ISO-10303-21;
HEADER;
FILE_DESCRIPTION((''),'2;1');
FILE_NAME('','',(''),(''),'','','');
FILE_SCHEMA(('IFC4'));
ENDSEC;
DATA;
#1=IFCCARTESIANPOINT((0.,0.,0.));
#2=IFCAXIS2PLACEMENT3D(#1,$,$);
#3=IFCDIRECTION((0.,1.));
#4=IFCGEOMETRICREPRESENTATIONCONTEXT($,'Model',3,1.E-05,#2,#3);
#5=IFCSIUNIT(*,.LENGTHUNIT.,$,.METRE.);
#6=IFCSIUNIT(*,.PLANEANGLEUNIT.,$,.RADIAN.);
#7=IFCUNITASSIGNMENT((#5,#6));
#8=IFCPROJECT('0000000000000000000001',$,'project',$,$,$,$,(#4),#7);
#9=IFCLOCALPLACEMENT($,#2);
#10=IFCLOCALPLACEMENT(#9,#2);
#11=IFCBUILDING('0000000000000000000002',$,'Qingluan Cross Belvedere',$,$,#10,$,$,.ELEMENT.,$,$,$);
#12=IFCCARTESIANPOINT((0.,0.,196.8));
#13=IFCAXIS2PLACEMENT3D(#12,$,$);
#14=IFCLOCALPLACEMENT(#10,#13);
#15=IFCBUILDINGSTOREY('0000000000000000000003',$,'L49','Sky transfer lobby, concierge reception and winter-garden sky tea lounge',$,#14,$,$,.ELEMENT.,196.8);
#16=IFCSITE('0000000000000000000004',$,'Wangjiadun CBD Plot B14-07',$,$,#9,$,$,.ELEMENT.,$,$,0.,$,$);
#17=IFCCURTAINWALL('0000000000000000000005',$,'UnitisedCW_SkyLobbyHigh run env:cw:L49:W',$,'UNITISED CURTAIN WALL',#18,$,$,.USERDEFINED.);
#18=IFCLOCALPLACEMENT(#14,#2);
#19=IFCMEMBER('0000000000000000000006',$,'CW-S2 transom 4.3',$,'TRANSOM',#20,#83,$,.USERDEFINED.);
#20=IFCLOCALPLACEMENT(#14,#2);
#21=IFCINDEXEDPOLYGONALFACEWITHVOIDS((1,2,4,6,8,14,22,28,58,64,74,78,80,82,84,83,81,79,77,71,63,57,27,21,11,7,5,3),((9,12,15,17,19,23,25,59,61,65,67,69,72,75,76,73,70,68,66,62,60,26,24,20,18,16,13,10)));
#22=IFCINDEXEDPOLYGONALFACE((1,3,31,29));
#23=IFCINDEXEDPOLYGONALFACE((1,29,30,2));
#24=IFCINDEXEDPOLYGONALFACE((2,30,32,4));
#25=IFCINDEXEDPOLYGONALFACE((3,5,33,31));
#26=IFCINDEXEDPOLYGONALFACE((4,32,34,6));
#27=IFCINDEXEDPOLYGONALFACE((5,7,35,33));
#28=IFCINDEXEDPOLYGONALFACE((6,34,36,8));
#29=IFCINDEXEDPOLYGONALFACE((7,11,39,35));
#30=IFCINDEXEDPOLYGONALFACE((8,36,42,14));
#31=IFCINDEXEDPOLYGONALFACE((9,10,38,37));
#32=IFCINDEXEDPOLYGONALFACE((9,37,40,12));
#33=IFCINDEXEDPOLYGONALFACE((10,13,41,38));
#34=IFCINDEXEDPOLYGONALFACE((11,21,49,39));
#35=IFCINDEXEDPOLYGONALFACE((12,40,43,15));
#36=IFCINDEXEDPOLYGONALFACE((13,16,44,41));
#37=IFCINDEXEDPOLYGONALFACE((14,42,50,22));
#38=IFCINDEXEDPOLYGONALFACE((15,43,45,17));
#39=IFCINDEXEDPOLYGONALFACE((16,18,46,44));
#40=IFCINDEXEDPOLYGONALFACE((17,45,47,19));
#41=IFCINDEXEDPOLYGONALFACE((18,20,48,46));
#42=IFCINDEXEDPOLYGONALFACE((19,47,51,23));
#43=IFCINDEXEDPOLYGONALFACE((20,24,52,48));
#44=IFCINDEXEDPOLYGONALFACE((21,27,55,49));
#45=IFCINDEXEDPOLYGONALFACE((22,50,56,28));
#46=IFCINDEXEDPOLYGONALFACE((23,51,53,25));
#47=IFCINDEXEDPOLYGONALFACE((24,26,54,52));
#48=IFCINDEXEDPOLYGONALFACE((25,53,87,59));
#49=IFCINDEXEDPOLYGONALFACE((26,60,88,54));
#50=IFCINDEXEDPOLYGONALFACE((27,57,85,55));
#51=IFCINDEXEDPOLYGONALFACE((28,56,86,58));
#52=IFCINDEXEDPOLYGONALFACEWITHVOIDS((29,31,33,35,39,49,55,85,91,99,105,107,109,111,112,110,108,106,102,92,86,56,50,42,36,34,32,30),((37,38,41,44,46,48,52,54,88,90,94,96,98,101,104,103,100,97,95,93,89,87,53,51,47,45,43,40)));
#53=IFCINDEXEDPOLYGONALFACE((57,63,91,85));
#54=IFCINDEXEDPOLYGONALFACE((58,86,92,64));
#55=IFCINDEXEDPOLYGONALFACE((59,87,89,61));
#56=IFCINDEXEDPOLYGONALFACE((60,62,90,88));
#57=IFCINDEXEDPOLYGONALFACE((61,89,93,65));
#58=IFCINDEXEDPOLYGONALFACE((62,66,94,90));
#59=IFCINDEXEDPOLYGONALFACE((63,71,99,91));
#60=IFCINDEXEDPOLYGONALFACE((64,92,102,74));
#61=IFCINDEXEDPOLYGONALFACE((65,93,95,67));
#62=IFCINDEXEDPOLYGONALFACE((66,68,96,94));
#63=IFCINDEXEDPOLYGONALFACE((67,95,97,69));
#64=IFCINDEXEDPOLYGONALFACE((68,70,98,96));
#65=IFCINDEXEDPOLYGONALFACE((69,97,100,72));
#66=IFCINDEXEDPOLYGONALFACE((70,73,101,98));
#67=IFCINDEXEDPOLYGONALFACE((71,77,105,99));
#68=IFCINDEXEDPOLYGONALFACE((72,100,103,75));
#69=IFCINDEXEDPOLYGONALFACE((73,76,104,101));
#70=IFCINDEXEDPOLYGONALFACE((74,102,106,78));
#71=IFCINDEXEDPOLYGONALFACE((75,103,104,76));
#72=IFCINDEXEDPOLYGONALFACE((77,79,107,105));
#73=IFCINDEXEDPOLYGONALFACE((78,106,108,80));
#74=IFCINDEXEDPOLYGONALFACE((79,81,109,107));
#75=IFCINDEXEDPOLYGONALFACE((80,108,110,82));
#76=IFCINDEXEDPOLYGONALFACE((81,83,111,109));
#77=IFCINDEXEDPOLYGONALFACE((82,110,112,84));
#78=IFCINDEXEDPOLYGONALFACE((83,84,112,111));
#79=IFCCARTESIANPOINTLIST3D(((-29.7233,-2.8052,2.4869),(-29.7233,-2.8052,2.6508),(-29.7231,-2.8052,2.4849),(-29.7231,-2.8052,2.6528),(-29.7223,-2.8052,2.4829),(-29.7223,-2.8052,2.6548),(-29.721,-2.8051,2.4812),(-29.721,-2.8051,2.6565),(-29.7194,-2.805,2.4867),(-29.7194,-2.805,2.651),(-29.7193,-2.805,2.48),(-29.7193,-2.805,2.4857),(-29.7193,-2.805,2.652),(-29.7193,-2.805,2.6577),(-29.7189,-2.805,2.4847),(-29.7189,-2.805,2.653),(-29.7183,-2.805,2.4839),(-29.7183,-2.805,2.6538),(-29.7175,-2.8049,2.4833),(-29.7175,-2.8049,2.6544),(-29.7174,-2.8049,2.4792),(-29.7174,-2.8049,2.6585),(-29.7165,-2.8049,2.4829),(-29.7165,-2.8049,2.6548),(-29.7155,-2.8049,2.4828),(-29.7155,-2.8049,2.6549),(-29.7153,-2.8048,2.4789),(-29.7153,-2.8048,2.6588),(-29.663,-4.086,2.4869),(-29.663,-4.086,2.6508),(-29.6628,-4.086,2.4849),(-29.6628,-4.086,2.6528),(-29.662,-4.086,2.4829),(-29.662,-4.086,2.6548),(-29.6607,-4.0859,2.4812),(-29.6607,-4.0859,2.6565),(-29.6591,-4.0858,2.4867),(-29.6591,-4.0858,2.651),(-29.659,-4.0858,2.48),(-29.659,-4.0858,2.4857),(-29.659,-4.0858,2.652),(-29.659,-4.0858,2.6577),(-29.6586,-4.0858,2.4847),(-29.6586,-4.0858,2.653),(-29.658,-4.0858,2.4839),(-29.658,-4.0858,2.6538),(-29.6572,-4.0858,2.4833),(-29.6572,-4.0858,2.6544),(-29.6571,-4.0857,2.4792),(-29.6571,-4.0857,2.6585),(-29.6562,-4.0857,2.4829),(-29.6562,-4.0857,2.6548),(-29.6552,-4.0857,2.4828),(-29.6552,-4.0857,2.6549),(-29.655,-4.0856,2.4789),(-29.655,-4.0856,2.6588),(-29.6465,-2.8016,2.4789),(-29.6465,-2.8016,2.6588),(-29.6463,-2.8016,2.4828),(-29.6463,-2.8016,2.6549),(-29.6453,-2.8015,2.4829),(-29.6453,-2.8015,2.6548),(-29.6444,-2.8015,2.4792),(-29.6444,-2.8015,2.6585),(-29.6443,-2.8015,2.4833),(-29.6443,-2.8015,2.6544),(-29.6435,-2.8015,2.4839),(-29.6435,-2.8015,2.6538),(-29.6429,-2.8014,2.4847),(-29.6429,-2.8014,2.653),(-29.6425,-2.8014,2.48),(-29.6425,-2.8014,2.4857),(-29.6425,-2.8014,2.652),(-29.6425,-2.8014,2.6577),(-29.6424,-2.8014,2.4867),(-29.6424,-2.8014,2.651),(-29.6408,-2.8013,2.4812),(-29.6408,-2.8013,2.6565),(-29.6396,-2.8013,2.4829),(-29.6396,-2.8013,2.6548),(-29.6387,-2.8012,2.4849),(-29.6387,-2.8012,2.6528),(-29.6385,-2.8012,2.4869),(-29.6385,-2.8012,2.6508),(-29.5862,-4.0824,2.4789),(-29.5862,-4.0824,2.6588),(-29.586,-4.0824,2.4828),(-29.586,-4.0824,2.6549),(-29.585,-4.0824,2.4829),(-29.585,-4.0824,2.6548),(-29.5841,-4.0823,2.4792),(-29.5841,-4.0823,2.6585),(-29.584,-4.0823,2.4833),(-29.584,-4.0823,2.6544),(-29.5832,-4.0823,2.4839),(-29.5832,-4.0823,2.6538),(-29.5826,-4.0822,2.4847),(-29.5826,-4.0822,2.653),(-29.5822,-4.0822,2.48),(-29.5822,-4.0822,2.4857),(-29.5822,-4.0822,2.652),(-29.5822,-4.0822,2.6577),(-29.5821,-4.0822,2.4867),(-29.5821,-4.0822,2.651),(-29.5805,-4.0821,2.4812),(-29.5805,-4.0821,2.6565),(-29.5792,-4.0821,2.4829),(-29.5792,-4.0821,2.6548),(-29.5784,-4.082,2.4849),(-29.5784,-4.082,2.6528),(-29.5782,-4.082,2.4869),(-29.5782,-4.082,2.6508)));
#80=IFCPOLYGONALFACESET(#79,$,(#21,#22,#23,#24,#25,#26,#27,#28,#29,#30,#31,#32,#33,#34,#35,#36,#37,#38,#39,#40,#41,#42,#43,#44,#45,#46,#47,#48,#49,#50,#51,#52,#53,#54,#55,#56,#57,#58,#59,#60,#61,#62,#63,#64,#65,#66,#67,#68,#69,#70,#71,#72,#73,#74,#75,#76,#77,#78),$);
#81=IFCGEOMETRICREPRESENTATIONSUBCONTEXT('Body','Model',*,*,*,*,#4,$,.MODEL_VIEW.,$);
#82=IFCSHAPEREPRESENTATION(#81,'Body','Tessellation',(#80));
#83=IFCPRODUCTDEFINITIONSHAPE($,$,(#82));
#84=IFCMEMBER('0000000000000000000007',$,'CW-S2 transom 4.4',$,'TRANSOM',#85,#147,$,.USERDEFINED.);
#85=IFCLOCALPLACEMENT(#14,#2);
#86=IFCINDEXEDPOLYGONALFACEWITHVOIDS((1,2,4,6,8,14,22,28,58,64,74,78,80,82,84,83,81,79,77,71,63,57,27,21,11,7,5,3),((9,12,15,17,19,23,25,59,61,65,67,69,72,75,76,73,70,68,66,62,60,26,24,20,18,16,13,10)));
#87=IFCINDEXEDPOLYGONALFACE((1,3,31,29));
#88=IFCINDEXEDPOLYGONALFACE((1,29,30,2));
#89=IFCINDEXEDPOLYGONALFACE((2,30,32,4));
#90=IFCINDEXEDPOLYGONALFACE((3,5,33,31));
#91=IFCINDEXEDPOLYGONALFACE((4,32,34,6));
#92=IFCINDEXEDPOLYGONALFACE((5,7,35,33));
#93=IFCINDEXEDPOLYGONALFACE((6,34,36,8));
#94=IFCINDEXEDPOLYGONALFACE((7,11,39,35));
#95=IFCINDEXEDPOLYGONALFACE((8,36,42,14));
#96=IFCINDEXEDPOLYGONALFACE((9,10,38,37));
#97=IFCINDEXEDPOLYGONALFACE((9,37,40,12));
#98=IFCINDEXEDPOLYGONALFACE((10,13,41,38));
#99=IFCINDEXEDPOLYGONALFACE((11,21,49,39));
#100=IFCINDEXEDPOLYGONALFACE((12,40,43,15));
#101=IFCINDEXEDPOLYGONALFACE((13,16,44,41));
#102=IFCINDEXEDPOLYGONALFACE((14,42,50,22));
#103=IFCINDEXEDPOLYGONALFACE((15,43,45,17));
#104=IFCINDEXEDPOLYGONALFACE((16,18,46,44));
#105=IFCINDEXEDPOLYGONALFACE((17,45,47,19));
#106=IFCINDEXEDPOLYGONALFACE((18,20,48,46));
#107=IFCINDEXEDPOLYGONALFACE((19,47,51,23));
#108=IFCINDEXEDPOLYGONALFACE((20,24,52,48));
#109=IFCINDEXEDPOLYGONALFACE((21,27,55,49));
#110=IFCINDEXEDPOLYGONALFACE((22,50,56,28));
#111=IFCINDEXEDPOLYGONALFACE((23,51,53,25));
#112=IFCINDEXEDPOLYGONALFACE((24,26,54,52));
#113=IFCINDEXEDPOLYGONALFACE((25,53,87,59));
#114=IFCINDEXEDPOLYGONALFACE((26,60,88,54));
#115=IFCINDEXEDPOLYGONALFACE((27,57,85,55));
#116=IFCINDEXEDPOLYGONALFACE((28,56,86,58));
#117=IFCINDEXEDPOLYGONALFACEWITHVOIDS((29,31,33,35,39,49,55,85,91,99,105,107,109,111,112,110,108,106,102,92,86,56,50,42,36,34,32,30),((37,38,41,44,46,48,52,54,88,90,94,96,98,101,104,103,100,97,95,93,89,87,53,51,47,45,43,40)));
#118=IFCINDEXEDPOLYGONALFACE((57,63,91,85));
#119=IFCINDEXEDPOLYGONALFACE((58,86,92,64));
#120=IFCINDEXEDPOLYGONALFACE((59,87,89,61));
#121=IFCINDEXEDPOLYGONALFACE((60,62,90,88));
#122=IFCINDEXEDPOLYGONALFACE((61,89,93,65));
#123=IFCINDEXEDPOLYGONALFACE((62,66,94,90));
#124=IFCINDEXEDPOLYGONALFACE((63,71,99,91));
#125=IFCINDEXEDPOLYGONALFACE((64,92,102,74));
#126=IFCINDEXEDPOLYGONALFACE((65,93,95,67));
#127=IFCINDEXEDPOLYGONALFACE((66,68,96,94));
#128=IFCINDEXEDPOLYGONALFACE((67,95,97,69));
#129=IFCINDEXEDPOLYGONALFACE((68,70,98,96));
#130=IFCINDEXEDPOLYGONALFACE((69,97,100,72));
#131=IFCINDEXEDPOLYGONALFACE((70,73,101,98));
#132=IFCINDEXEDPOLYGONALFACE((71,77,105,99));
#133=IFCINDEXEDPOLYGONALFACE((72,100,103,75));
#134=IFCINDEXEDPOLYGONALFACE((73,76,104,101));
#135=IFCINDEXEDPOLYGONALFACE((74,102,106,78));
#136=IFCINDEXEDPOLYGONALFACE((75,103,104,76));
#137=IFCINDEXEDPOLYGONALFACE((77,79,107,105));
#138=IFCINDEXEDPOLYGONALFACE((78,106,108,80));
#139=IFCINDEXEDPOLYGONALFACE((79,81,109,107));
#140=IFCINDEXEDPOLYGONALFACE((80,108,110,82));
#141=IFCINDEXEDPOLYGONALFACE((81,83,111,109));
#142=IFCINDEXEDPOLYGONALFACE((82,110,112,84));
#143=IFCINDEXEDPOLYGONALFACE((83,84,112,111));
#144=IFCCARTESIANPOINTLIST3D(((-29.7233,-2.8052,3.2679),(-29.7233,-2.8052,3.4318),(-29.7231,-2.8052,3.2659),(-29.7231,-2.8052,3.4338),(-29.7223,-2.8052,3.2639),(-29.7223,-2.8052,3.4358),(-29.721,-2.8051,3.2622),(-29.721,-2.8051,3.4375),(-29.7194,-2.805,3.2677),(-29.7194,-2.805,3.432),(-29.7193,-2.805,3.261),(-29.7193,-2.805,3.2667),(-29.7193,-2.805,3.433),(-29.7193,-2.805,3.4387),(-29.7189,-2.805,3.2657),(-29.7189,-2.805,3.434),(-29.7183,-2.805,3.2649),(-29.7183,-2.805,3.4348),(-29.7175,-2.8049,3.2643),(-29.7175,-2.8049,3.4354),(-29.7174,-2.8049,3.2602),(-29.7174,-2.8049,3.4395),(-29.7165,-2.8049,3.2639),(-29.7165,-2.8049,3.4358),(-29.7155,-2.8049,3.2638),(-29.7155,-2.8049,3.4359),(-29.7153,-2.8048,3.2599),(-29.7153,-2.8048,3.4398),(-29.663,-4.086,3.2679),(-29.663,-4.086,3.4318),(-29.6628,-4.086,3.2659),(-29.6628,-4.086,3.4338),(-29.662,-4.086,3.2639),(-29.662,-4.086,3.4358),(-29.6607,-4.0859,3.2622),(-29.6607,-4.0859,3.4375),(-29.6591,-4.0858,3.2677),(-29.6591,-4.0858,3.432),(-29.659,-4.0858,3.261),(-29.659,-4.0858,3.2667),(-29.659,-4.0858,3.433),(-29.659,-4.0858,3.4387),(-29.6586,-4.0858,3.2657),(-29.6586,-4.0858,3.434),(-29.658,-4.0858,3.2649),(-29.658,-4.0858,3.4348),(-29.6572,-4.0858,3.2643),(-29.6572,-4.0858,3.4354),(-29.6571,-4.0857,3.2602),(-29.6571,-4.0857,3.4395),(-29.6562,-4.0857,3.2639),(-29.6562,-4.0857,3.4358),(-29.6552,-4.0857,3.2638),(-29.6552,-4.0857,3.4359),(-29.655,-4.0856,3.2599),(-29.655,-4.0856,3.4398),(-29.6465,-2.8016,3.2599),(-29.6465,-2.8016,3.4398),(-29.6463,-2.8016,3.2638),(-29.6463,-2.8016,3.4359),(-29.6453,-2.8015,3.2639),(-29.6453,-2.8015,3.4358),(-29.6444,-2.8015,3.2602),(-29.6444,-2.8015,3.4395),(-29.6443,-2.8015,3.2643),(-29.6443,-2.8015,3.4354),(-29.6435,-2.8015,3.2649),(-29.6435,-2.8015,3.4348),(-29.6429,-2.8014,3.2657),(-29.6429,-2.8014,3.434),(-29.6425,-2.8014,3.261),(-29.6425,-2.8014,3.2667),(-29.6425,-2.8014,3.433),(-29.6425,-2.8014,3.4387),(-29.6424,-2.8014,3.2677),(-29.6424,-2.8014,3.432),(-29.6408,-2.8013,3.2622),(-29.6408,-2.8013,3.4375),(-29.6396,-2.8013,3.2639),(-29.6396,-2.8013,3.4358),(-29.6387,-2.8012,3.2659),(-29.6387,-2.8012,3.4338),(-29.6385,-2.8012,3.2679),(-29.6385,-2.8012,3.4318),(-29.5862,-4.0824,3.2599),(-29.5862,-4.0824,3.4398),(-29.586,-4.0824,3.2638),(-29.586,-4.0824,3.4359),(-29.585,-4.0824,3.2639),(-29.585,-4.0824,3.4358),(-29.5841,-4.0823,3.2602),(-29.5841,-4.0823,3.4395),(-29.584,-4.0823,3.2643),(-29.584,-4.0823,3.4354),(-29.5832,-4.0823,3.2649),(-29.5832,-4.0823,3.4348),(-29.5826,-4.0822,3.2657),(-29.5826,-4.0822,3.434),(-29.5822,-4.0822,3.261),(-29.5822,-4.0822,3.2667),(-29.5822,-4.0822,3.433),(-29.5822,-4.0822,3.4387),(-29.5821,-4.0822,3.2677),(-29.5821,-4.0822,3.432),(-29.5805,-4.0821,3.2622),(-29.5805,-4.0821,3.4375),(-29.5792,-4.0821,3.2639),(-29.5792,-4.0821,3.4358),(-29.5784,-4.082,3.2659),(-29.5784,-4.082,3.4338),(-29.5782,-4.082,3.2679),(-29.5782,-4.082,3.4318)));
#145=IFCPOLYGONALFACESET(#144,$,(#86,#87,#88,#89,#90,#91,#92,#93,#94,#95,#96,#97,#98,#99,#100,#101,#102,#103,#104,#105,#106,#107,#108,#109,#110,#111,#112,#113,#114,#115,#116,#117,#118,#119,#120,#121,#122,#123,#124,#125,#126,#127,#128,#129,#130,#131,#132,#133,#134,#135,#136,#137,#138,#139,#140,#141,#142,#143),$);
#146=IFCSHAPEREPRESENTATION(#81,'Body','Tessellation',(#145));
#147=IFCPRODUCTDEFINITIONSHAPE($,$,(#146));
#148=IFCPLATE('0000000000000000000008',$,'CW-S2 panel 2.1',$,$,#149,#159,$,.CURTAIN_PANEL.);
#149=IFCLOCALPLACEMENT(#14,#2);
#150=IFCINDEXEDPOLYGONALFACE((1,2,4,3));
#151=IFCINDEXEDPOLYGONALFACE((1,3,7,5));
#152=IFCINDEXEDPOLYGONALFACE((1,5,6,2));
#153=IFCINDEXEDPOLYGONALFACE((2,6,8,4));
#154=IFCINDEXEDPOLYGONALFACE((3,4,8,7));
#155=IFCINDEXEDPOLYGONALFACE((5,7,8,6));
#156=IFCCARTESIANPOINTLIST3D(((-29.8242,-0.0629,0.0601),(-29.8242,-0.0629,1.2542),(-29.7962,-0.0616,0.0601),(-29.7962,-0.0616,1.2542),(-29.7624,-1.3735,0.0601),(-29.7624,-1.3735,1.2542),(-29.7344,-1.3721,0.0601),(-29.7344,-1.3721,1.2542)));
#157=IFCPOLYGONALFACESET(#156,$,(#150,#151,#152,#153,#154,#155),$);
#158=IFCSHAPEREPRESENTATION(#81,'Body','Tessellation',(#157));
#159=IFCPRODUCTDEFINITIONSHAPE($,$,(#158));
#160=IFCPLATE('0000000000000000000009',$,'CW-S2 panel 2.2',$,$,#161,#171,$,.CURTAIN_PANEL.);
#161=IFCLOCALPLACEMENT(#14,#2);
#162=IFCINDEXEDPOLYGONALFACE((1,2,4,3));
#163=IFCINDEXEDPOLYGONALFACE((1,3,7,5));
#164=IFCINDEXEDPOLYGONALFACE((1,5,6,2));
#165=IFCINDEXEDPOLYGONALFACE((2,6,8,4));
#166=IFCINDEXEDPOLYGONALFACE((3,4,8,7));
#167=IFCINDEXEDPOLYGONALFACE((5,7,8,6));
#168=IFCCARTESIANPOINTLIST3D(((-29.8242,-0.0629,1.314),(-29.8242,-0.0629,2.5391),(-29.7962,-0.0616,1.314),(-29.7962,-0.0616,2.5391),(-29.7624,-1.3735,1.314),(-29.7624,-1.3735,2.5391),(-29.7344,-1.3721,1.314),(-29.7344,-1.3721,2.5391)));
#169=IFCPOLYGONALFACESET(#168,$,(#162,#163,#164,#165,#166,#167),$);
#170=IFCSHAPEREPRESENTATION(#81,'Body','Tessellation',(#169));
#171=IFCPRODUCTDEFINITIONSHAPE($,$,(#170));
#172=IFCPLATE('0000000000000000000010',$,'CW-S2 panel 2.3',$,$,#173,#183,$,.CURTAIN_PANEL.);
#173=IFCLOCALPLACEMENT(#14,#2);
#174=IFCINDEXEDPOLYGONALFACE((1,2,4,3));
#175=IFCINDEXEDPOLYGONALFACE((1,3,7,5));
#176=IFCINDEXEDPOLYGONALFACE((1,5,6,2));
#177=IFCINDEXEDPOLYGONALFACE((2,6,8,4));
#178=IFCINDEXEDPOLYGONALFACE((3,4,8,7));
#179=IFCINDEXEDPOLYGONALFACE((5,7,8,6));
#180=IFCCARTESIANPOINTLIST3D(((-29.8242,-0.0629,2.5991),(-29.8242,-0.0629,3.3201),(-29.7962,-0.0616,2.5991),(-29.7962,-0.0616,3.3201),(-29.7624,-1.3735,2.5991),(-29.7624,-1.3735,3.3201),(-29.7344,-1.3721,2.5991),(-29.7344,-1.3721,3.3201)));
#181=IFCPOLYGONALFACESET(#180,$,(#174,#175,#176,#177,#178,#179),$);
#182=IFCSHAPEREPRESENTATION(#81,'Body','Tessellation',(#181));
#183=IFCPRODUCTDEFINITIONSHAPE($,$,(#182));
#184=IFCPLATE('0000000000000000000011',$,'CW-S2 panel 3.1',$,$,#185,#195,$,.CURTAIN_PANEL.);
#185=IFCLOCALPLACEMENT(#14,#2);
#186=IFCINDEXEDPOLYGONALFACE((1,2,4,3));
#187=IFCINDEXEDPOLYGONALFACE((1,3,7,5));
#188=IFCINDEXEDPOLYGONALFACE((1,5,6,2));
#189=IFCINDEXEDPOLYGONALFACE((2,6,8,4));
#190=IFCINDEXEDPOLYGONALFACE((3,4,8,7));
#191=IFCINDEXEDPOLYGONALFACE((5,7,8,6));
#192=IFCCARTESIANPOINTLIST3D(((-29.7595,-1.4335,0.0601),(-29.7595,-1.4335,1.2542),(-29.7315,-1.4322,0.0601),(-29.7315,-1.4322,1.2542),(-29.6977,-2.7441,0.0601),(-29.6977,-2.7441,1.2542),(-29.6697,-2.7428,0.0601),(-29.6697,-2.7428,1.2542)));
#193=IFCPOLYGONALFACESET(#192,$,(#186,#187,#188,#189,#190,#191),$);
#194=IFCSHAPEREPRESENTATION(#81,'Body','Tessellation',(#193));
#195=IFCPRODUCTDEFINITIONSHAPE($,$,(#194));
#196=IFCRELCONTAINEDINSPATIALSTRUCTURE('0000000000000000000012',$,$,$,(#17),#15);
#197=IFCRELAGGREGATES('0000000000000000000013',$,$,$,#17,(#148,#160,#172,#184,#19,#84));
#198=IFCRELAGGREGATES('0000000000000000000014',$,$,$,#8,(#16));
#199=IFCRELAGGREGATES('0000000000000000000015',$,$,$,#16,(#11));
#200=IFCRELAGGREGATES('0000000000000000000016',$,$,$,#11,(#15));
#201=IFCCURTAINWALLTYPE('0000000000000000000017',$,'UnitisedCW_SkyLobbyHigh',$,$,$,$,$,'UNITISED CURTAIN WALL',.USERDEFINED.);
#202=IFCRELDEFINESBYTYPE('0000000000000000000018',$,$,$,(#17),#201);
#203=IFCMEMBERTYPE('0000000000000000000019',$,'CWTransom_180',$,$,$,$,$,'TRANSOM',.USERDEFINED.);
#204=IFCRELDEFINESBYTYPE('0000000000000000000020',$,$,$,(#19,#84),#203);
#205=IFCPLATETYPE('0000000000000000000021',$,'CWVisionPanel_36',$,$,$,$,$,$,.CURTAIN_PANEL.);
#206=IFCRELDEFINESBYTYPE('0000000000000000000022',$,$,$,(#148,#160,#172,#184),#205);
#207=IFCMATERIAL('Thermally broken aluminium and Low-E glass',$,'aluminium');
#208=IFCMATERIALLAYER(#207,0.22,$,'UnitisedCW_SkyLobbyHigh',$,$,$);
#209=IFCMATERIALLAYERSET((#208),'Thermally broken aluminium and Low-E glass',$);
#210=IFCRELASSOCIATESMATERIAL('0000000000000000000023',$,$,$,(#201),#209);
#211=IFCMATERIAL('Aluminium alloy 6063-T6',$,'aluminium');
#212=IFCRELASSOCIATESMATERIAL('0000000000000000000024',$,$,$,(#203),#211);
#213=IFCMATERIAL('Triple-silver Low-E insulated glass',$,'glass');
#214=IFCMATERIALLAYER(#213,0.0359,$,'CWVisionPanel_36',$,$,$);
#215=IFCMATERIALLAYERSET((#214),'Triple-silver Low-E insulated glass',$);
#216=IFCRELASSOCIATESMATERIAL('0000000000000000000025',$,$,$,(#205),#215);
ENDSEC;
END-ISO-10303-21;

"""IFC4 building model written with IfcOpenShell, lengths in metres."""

from ifc_helpers import new_model, si_unit, direction, frame, origin, origin_2d, place, context, subcontext, project, spatial, rectangle, hollow_rectangle, extrude, material, layer, layer_set, material_profile, profile_set, type_object, element, aggregate, save


model = new_model("IFC4")

# Units and contexts
model_context = context("Model", 3, precision=1e-05, world=origin(), true_north=direction((0.0, 1.0)))
body_context = subcontext(model_context, "Body", "Model", "MODEL_VIEW")
ifc_project = project(units=[si_unit("LENGTHUNIT", "METRE"), si_unit("PLANEANGLEUNIT", "RADIAN")], contexts=[model_context])

# Site, building, storey
site_placement = place(None, origin())
site = spatial("IfcSite", under=ifc_project, at=site_placement, Name="Wangjiadun CBD Plot B14-07", CompositionType="ELEMENT", RefElevation=0.0)
building_placement = place(site_placement, origin())
building = spatial("IfcBuilding", under=site, at=building_placement, Name="Qingluan Cross Belvedere", CompositionType="ELEMENT")
storey_placement = place(building_placement, frame((0.0, 0.0, 196.8)))
storey = spatial("IfcBuildingStorey", under=building, at=storey_placement, Name="L49", Description="Sky transfer lobby, concierge reception and winter-garden sky tea lounge", CompositionType="ELEMENT", Elevation=196.8)

# Curtain wall, members, plates
ifc_material_1 = material(Name="Thermally broken aluminium and Low-E glass", Category="aluminium")
ifc_layer_1 = layer(ifc_material_1, 0.22, Name="UnitisedCW_SkyLobbyHigh")
ifc_layer_set_1 = layer_set([ifc_layer_1], Name="Thermally broken aluminium and Low-E glass")
curtain_wall_type = type_object("IfcCurtainWallType", Name="UnitisedCW_SkyLobbyHigh", ElementType="UNITISED CURTAIN WALL", PredefinedType="USERDEFINED", material=ifc_layer_set_1)
curtain_wall_placement = place(storey_placement, origin())
curtain_wall = element("IfcCurtainWall", 1, at=curtain_wall_placement, inside=storey, type_object=curtain_wall_type, Name="UnitisedCW_SkyLobbyHigh run env:cw:L49:W", ObjectType="UNITISED CURTAIN WALL", PredefinedType="USERDEFINED")
ifc_material_2 = material(Name="Aluminium alloy 6063-T6", Category="aluminium")
ifc_material_profile_1 = material_profile(ifc_material_2, hollow_rectangle(XDim=0.085, YDim=0.1799, WallThickness=0.0039, InnerFilletRadius=0.0039, OuterFilletRadius=0.0081, at=origin_2d()), Name="CWT180x85x4")
ifc_profile_set_1 = profile_set([ifc_material_profile_1], Name="Aluminium alloy 6063-T6")
member_type_1 = type_object("IfcMemberType", Name="CWTransom_180", ElementType="TRANSOM", PredefinedType="USERDEFINED", material=ifc_profile_set_1)
member_1_placement = place(storey_placement, frame((-29.6809, -2.8032, 2.5688), z_axis=(0.047031, -0.998893, 0.0), x_axis=(0.998893, 0.047031, 0.0)))
member_1 = element("IfcMember", 2, at=member_1_placement, type_object=member_type_1, Name="CW-S2 transom 4.3", ObjectType="TRANSOM", PredefinedType="USERDEFINED", context=body_context, shape_type="SweptSolid", body=[
    extrude(hollow_rectangle(XDim=0.085, YDim=0.1799, WallThickness=0.0039, InnerFilletRadius=0.0039, OuterFilletRadius=0.0081, at=origin_2d()), origin(), (0.0, 0.0, 1.0), 1.2822),
])
member_2_placement = place(storey_placement, frame((-29.6809, -2.8032, 3.3499), z_axis=(0.047031, -0.998893, 0.0), x_axis=(0.998893, 0.047031, 0.0)))
member_2 = element("IfcMember", 3, at=member_2_placement, type_object=member_type_1, Name="CW-S2 transom 4.4", ObjectType="TRANSOM", PredefinedType="USERDEFINED", context=body_context, shape_type="SweptSolid", body=[
    extrude(hollow_rectangle(XDim=0.085, YDim=0.1799, WallThickness=0.0039, InnerFilletRadius=0.0039, OuterFilletRadius=0.0081, at=origin_2d()), origin(), (0.0, 0.0, 1.0), 1.2822),
])
ifc_material_3 = material(Name="Triple-silver Low-E insulated glass", Category="glass")
ifc_layer_2 = layer(ifc_material_3, 0.0359, Name="CWVisionPanel_36")
ifc_layer_set_2 = layer_set([ifc_layer_2], Name="Triple-silver Low-E insulated glass")
plate_type = type_object("IfcPlateType", Name="CWVisionPanel_36", PredefinedType="CURTAIN_PANEL", material=ifc_layer_set_2)
plate_1_placement = place(storey_placement, frame((-29.7793, -0.7175, 0.0601), z_axis=(0.0, 0.0, 1.0), x_axis=(0.047102, -0.99889, 0.0)))
plate_1 = element("IfcPlate", 4, at=plate_1_placement, type_object=plate_type, Name="CW-S2 panel 2.1", PredefinedType="CURTAIN_PANEL", context=body_context, shape_type="SweptSolid", body=[
    extrude(rectangle(XDim=1.312, YDim=0.0281, at=origin_2d()), origin(), (0.0, 0.0, 1.0), 1.1941),
])
plate_2_placement = place(storey_placement, frame((-29.7793, -0.7175, 1.314), z_axis=(0.0, 0.0, 1.0), x_axis=(0.047102, -0.99889, 0.0)))
plate_2 = element("IfcPlate", 5, at=plate_2_placement, type_object=plate_type, Name="CW-S2 panel 2.2", PredefinedType="CURTAIN_PANEL", context=body_context, shape_type="SweptSolid", body=[
    extrude(rectangle(XDim=1.312, YDim=0.0281, at=origin_2d()), origin(), (0.0, 0.0, 1.0), 1.2251),
])
plate_3_placement = place(storey_placement, frame((-29.7793, -0.7175, 2.5991), z_axis=(0.0, 0.0, 1.0), x_axis=(0.047102, -0.99889, 0.0)))
plate_3 = element("IfcPlate", 6, at=plate_3_placement, type_object=plate_type, Name="CW-S2 panel 2.3", PredefinedType="CURTAIN_PANEL", context=body_context, shape_type="SweptSolid", body=[
    extrude(rectangle(XDim=1.312, YDim=0.0281, at=origin_2d()), origin(), (0.0, 0.0, 1.0), 0.7209),
])
plate_4_placement = place(storey_placement, frame((-29.7146, -2.0881, 0.0601), z_axis=(0.0, 0.0, 1.0), x_axis=(0.047102, -0.99889, 0.0)))
plate_4 = element("IfcPlate", 7, at=plate_4_placement, type_object=plate_type, Name="CW-S2 panel 3.1", PredefinedType="CURTAIN_PANEL", context=body_context, shape_type="SweptSolid", body=[
    extrude(rectangle(XDim=1.312, YDim=0.0281, at=origin_2d()), origin(), (0.0, 0.0, 1.0), 1.1941),
])
aggregate(curtain_wall, [plate_1, plate_2, plate_3, plate_4, member_1, member_2])

save(model, "model.ifc")
